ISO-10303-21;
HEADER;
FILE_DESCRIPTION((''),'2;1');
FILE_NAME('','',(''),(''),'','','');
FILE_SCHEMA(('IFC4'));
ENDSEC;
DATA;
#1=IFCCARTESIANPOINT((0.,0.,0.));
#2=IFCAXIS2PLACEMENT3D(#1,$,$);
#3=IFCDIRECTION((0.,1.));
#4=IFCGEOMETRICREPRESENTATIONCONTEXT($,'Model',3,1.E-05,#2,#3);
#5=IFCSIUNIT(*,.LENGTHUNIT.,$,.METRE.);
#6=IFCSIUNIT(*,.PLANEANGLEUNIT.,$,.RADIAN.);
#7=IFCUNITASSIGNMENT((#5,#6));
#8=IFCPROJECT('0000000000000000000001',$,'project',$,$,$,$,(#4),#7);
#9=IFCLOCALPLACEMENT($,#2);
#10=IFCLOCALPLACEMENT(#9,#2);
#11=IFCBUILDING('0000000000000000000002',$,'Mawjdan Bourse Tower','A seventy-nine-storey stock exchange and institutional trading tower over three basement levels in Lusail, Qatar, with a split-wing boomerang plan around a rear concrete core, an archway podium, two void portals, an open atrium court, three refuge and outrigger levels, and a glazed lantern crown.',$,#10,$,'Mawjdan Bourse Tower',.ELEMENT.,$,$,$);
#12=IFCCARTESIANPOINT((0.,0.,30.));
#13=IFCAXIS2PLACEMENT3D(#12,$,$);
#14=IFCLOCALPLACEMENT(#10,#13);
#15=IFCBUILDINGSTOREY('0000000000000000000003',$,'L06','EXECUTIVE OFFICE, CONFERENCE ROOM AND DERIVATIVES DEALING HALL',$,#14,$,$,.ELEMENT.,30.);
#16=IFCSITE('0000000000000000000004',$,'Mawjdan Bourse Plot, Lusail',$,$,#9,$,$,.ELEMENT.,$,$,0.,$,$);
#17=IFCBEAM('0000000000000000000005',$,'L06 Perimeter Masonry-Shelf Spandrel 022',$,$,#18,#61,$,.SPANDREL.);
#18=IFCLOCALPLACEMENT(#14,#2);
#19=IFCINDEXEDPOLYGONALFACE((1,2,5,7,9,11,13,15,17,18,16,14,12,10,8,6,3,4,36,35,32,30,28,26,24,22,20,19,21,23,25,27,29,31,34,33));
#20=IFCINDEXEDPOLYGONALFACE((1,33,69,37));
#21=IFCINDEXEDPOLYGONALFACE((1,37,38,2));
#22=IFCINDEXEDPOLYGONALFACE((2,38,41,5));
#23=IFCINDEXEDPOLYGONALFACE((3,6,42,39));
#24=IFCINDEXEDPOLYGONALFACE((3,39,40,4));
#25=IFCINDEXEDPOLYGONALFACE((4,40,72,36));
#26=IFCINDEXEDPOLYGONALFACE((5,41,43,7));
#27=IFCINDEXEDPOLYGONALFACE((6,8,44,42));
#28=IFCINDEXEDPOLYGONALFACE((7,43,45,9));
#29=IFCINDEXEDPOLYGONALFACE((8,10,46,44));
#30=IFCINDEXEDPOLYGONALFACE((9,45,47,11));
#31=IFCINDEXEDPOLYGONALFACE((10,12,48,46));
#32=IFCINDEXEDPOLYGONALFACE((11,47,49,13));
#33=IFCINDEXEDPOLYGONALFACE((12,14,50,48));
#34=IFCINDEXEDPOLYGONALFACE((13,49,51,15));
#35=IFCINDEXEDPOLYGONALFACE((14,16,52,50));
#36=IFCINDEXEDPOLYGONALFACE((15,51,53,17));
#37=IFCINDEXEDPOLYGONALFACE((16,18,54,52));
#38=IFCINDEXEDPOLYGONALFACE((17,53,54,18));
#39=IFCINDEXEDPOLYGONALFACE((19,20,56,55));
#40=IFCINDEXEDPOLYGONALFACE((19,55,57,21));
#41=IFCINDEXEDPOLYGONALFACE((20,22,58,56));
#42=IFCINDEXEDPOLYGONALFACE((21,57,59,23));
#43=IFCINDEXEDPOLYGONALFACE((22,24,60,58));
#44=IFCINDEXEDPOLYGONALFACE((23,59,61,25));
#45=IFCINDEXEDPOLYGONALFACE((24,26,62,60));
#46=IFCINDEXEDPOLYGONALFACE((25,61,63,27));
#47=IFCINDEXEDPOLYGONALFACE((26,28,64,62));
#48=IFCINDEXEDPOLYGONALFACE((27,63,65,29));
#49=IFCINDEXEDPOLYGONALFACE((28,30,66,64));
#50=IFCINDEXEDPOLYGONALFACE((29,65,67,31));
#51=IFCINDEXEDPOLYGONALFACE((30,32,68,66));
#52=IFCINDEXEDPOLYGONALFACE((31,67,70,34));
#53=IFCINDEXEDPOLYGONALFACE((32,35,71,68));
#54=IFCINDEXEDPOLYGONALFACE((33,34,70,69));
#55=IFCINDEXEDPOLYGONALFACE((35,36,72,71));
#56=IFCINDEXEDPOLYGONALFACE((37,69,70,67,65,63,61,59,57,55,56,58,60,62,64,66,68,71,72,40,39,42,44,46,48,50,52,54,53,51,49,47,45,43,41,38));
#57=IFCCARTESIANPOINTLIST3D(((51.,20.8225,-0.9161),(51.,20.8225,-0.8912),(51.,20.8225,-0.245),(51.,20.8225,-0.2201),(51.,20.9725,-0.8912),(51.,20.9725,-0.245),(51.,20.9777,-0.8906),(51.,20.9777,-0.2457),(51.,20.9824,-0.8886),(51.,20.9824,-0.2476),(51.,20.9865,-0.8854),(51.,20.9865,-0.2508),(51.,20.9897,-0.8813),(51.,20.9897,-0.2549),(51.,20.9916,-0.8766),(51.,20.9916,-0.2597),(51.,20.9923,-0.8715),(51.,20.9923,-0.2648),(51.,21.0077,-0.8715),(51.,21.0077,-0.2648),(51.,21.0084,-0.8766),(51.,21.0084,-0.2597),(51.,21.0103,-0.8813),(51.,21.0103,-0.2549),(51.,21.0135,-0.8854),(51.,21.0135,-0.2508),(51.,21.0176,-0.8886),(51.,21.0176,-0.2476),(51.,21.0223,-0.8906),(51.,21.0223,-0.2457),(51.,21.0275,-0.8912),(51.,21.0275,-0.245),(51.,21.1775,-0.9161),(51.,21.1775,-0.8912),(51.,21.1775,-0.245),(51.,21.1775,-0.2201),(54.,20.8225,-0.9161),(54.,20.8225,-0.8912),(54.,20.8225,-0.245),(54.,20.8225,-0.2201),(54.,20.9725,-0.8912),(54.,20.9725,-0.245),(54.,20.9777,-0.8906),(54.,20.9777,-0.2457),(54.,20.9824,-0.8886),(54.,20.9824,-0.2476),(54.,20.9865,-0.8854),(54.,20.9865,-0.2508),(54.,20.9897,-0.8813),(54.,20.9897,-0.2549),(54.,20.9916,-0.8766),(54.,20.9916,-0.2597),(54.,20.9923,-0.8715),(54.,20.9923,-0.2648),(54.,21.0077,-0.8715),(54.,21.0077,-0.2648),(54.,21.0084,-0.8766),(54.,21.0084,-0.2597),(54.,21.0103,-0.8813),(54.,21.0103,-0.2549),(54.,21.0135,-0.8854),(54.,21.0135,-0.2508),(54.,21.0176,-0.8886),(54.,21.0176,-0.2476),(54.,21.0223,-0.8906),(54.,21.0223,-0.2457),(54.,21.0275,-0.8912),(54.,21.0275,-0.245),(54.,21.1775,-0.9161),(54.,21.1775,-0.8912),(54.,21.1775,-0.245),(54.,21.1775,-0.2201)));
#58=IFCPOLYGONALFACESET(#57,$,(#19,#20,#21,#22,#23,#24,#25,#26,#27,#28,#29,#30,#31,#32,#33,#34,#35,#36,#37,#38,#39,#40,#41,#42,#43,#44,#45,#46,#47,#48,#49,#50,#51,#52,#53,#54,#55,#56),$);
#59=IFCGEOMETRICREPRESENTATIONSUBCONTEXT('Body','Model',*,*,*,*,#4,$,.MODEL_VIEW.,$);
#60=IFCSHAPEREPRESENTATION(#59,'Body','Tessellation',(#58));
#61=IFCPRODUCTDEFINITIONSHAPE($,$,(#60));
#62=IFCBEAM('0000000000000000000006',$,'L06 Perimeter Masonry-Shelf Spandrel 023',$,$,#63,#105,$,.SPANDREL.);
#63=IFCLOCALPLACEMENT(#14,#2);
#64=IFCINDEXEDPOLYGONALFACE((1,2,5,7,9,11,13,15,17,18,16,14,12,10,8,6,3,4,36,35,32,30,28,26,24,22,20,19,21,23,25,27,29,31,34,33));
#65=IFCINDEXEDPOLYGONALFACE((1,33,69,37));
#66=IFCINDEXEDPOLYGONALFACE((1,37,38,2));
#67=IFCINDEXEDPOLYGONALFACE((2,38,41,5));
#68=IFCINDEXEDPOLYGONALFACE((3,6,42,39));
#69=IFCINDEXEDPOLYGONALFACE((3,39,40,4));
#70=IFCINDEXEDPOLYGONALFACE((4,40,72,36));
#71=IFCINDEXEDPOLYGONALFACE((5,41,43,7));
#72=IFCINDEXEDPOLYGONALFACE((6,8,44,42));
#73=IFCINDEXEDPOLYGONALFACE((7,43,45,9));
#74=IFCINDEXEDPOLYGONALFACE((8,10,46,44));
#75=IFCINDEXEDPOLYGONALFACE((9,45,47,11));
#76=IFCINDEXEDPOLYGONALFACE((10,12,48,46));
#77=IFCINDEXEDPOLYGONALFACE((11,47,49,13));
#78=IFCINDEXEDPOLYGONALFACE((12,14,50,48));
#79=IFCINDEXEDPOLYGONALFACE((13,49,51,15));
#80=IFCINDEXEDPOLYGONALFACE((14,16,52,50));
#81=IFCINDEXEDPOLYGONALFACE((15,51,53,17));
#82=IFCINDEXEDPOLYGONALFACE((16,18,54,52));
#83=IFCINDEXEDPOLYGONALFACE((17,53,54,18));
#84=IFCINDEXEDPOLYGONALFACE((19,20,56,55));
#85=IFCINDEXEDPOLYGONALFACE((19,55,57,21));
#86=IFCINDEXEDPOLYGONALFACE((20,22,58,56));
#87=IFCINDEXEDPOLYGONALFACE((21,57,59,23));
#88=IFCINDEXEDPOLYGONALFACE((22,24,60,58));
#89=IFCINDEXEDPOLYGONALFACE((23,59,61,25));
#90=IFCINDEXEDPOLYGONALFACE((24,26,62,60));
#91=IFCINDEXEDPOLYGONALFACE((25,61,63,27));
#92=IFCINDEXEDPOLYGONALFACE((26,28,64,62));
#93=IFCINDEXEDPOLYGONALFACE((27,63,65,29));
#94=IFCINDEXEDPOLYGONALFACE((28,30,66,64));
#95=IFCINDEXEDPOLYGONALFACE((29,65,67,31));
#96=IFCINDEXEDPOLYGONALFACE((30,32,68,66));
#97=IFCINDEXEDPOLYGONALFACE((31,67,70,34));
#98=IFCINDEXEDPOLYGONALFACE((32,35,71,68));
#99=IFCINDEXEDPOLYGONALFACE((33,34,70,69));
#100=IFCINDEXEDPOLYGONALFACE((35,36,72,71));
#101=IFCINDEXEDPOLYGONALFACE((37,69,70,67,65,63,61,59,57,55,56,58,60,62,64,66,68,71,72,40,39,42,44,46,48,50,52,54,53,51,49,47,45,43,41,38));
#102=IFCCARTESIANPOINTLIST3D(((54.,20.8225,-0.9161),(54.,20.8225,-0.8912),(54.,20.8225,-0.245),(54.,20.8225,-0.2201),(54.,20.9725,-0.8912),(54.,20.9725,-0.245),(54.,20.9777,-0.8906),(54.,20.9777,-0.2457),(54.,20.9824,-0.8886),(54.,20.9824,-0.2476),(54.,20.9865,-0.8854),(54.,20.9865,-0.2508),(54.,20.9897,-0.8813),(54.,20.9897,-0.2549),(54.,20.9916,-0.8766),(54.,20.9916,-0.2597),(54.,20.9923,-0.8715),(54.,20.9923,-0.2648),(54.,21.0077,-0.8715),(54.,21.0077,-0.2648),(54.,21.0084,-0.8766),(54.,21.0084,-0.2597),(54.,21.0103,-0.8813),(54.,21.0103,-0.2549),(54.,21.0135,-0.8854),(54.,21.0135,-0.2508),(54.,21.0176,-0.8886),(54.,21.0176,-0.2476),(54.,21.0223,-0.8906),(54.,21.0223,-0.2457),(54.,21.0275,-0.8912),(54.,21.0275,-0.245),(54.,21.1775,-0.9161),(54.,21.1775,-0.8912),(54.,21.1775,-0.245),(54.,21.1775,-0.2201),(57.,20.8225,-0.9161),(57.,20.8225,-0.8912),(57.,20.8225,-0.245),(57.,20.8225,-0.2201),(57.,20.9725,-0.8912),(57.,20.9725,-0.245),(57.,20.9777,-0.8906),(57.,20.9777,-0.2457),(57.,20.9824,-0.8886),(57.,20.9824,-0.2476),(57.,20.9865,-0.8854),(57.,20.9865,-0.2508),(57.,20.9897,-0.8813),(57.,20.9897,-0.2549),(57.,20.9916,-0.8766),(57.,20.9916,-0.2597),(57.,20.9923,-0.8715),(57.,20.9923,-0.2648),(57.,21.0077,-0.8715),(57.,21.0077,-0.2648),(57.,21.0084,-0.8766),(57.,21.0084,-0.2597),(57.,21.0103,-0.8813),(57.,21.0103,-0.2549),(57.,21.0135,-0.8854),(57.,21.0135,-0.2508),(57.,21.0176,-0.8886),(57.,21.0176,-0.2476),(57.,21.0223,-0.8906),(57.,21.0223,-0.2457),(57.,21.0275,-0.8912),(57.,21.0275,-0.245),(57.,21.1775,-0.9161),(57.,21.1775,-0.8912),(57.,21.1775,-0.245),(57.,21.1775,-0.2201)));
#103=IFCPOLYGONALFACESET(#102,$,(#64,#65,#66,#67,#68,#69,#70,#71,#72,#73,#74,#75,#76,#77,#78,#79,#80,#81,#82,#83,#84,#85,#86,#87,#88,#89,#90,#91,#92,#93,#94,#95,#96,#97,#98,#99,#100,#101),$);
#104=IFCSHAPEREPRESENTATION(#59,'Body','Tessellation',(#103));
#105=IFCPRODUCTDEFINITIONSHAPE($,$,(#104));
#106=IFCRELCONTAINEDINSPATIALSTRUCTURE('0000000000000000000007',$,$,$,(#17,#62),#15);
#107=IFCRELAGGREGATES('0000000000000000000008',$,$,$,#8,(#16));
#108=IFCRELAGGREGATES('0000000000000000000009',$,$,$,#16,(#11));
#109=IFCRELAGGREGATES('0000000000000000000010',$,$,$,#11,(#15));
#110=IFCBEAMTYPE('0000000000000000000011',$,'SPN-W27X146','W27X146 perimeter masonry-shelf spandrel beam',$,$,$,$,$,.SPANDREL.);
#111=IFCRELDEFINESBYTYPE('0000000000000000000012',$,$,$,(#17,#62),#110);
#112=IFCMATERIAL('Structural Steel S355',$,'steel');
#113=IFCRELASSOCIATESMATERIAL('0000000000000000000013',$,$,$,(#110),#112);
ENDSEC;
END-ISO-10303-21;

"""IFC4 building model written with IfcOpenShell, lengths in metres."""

from ifc_helpers import new_model, si_unit, direction, frame, origin, origin_2d, place, context, subcontext, project, spatial, i_section, extrude, material, material_profile, profile_set, type_object, element, save


model = new_model("IFC4")

# Units and contexts
model_context = context("Model", 3, precision=1e-05, world=origin(), true_north=direction((0.0, 1.0)))
body_context = subcontext(model_context, "Body", "Model", "MODEL_VIEW")
ifc_project = project(units=[si_unit("LENGTHUNIT", "METRE"), si_unit("PLANEANGLEUNIT", "RADIAN")], contexts=[model_context])

# Site, building, storey
site_placement = place(None, origin())
site = spatial("IfcSite", under=ifc_project, at=site_placement, Name="Mawjdan Bourse Plot, Lusail", CompositionType="ELEMENT", RefElevation=0.0)
building_placement = place(site_placement, origin())
building = spatial("IfcBuilding", under=site, at=building_placement, Name="Mawjdan Bourse Tower", Description="A seventy-nine-storey stock exchange and institutional trading tower over three basement levels in Lusail, Qatar, with a split-wing boomerang plan around a rear concrete core, an archway podium, two void portals, an open atrium court, three refuge and outrigger levels, and a glazed lantern crown.", LongName="Mawjdan Bourse Tower", CompositionType="ELEMENT")
storey_placement = place(building_placement, frame((0.0, 0.0, 30.0)))
storey = spatial("IfcBuildingStorey", under=building, at=storey_placement, Name="L06", Description="EXECUTIVE OFFICE, CONFERENCE ROOM AND DERIVATIVES DEALING HALL", CompositionType="ELEMENT", Elevation=30.0)

# Beams
ifc_material_1 = material(Name="Structural Steel S355", Category="steel")
ifc_material_profile_1 = material_profile(ifc_material_1, i_section(OverallWidth=0.355, OverallDepth=0.696, WebThickness=0.0154, FlangeThickness=0.0249, FilletRadius=0.0198, at=origin_2d()), Name="W27X146")
ifc_profile_set_1 = profile_set([ifc_material_profile_1], Name="Structural Steel S355")
beam_type_1 = type_object("IfcBeamType", Name="SPN-W27X146", Description="W27X146 perimeter masonry-shelf spandrel beam", PredefinedType="SPANDREL", material=ifc_profile_set_1)
for number, where, z_axis, x_axis, name in (
    (1, (51.0, 21.0, -0.5681), (1.0, 0.0, 0.0), (0.0, 1.0, 0.0), "L06 Perimeter Masonry-Shelf Spandrel 022"),
    (2, (54.0, 21.0, -0.5681), (1.0, 0.0, 0.0), (0.0, 1.0, 0.0), "L06 Perimeter Masonry-Shelf Spandrel 023"),
):
    element("IfcBeam", number, at=place(storey_placement, frame(where, z_axis=z_axis, x_axis=x_axis)), inside=storey, type_object=beam_type_1, Name=name, PredefinedType="SPANDREL", context=body_context, shape_type="SweptSolid", body=[
        extrude(i_section(OverallWidth=0.355, OverallDepth=0.696, WebThickness=0.0154, FlangeThickness=0.0249, FilletRadius=0.0198, at=origin_2d()), origin(), (0.0, 0.0, 1.0), 3.0),
    ])

save(model, "model.ifc")
